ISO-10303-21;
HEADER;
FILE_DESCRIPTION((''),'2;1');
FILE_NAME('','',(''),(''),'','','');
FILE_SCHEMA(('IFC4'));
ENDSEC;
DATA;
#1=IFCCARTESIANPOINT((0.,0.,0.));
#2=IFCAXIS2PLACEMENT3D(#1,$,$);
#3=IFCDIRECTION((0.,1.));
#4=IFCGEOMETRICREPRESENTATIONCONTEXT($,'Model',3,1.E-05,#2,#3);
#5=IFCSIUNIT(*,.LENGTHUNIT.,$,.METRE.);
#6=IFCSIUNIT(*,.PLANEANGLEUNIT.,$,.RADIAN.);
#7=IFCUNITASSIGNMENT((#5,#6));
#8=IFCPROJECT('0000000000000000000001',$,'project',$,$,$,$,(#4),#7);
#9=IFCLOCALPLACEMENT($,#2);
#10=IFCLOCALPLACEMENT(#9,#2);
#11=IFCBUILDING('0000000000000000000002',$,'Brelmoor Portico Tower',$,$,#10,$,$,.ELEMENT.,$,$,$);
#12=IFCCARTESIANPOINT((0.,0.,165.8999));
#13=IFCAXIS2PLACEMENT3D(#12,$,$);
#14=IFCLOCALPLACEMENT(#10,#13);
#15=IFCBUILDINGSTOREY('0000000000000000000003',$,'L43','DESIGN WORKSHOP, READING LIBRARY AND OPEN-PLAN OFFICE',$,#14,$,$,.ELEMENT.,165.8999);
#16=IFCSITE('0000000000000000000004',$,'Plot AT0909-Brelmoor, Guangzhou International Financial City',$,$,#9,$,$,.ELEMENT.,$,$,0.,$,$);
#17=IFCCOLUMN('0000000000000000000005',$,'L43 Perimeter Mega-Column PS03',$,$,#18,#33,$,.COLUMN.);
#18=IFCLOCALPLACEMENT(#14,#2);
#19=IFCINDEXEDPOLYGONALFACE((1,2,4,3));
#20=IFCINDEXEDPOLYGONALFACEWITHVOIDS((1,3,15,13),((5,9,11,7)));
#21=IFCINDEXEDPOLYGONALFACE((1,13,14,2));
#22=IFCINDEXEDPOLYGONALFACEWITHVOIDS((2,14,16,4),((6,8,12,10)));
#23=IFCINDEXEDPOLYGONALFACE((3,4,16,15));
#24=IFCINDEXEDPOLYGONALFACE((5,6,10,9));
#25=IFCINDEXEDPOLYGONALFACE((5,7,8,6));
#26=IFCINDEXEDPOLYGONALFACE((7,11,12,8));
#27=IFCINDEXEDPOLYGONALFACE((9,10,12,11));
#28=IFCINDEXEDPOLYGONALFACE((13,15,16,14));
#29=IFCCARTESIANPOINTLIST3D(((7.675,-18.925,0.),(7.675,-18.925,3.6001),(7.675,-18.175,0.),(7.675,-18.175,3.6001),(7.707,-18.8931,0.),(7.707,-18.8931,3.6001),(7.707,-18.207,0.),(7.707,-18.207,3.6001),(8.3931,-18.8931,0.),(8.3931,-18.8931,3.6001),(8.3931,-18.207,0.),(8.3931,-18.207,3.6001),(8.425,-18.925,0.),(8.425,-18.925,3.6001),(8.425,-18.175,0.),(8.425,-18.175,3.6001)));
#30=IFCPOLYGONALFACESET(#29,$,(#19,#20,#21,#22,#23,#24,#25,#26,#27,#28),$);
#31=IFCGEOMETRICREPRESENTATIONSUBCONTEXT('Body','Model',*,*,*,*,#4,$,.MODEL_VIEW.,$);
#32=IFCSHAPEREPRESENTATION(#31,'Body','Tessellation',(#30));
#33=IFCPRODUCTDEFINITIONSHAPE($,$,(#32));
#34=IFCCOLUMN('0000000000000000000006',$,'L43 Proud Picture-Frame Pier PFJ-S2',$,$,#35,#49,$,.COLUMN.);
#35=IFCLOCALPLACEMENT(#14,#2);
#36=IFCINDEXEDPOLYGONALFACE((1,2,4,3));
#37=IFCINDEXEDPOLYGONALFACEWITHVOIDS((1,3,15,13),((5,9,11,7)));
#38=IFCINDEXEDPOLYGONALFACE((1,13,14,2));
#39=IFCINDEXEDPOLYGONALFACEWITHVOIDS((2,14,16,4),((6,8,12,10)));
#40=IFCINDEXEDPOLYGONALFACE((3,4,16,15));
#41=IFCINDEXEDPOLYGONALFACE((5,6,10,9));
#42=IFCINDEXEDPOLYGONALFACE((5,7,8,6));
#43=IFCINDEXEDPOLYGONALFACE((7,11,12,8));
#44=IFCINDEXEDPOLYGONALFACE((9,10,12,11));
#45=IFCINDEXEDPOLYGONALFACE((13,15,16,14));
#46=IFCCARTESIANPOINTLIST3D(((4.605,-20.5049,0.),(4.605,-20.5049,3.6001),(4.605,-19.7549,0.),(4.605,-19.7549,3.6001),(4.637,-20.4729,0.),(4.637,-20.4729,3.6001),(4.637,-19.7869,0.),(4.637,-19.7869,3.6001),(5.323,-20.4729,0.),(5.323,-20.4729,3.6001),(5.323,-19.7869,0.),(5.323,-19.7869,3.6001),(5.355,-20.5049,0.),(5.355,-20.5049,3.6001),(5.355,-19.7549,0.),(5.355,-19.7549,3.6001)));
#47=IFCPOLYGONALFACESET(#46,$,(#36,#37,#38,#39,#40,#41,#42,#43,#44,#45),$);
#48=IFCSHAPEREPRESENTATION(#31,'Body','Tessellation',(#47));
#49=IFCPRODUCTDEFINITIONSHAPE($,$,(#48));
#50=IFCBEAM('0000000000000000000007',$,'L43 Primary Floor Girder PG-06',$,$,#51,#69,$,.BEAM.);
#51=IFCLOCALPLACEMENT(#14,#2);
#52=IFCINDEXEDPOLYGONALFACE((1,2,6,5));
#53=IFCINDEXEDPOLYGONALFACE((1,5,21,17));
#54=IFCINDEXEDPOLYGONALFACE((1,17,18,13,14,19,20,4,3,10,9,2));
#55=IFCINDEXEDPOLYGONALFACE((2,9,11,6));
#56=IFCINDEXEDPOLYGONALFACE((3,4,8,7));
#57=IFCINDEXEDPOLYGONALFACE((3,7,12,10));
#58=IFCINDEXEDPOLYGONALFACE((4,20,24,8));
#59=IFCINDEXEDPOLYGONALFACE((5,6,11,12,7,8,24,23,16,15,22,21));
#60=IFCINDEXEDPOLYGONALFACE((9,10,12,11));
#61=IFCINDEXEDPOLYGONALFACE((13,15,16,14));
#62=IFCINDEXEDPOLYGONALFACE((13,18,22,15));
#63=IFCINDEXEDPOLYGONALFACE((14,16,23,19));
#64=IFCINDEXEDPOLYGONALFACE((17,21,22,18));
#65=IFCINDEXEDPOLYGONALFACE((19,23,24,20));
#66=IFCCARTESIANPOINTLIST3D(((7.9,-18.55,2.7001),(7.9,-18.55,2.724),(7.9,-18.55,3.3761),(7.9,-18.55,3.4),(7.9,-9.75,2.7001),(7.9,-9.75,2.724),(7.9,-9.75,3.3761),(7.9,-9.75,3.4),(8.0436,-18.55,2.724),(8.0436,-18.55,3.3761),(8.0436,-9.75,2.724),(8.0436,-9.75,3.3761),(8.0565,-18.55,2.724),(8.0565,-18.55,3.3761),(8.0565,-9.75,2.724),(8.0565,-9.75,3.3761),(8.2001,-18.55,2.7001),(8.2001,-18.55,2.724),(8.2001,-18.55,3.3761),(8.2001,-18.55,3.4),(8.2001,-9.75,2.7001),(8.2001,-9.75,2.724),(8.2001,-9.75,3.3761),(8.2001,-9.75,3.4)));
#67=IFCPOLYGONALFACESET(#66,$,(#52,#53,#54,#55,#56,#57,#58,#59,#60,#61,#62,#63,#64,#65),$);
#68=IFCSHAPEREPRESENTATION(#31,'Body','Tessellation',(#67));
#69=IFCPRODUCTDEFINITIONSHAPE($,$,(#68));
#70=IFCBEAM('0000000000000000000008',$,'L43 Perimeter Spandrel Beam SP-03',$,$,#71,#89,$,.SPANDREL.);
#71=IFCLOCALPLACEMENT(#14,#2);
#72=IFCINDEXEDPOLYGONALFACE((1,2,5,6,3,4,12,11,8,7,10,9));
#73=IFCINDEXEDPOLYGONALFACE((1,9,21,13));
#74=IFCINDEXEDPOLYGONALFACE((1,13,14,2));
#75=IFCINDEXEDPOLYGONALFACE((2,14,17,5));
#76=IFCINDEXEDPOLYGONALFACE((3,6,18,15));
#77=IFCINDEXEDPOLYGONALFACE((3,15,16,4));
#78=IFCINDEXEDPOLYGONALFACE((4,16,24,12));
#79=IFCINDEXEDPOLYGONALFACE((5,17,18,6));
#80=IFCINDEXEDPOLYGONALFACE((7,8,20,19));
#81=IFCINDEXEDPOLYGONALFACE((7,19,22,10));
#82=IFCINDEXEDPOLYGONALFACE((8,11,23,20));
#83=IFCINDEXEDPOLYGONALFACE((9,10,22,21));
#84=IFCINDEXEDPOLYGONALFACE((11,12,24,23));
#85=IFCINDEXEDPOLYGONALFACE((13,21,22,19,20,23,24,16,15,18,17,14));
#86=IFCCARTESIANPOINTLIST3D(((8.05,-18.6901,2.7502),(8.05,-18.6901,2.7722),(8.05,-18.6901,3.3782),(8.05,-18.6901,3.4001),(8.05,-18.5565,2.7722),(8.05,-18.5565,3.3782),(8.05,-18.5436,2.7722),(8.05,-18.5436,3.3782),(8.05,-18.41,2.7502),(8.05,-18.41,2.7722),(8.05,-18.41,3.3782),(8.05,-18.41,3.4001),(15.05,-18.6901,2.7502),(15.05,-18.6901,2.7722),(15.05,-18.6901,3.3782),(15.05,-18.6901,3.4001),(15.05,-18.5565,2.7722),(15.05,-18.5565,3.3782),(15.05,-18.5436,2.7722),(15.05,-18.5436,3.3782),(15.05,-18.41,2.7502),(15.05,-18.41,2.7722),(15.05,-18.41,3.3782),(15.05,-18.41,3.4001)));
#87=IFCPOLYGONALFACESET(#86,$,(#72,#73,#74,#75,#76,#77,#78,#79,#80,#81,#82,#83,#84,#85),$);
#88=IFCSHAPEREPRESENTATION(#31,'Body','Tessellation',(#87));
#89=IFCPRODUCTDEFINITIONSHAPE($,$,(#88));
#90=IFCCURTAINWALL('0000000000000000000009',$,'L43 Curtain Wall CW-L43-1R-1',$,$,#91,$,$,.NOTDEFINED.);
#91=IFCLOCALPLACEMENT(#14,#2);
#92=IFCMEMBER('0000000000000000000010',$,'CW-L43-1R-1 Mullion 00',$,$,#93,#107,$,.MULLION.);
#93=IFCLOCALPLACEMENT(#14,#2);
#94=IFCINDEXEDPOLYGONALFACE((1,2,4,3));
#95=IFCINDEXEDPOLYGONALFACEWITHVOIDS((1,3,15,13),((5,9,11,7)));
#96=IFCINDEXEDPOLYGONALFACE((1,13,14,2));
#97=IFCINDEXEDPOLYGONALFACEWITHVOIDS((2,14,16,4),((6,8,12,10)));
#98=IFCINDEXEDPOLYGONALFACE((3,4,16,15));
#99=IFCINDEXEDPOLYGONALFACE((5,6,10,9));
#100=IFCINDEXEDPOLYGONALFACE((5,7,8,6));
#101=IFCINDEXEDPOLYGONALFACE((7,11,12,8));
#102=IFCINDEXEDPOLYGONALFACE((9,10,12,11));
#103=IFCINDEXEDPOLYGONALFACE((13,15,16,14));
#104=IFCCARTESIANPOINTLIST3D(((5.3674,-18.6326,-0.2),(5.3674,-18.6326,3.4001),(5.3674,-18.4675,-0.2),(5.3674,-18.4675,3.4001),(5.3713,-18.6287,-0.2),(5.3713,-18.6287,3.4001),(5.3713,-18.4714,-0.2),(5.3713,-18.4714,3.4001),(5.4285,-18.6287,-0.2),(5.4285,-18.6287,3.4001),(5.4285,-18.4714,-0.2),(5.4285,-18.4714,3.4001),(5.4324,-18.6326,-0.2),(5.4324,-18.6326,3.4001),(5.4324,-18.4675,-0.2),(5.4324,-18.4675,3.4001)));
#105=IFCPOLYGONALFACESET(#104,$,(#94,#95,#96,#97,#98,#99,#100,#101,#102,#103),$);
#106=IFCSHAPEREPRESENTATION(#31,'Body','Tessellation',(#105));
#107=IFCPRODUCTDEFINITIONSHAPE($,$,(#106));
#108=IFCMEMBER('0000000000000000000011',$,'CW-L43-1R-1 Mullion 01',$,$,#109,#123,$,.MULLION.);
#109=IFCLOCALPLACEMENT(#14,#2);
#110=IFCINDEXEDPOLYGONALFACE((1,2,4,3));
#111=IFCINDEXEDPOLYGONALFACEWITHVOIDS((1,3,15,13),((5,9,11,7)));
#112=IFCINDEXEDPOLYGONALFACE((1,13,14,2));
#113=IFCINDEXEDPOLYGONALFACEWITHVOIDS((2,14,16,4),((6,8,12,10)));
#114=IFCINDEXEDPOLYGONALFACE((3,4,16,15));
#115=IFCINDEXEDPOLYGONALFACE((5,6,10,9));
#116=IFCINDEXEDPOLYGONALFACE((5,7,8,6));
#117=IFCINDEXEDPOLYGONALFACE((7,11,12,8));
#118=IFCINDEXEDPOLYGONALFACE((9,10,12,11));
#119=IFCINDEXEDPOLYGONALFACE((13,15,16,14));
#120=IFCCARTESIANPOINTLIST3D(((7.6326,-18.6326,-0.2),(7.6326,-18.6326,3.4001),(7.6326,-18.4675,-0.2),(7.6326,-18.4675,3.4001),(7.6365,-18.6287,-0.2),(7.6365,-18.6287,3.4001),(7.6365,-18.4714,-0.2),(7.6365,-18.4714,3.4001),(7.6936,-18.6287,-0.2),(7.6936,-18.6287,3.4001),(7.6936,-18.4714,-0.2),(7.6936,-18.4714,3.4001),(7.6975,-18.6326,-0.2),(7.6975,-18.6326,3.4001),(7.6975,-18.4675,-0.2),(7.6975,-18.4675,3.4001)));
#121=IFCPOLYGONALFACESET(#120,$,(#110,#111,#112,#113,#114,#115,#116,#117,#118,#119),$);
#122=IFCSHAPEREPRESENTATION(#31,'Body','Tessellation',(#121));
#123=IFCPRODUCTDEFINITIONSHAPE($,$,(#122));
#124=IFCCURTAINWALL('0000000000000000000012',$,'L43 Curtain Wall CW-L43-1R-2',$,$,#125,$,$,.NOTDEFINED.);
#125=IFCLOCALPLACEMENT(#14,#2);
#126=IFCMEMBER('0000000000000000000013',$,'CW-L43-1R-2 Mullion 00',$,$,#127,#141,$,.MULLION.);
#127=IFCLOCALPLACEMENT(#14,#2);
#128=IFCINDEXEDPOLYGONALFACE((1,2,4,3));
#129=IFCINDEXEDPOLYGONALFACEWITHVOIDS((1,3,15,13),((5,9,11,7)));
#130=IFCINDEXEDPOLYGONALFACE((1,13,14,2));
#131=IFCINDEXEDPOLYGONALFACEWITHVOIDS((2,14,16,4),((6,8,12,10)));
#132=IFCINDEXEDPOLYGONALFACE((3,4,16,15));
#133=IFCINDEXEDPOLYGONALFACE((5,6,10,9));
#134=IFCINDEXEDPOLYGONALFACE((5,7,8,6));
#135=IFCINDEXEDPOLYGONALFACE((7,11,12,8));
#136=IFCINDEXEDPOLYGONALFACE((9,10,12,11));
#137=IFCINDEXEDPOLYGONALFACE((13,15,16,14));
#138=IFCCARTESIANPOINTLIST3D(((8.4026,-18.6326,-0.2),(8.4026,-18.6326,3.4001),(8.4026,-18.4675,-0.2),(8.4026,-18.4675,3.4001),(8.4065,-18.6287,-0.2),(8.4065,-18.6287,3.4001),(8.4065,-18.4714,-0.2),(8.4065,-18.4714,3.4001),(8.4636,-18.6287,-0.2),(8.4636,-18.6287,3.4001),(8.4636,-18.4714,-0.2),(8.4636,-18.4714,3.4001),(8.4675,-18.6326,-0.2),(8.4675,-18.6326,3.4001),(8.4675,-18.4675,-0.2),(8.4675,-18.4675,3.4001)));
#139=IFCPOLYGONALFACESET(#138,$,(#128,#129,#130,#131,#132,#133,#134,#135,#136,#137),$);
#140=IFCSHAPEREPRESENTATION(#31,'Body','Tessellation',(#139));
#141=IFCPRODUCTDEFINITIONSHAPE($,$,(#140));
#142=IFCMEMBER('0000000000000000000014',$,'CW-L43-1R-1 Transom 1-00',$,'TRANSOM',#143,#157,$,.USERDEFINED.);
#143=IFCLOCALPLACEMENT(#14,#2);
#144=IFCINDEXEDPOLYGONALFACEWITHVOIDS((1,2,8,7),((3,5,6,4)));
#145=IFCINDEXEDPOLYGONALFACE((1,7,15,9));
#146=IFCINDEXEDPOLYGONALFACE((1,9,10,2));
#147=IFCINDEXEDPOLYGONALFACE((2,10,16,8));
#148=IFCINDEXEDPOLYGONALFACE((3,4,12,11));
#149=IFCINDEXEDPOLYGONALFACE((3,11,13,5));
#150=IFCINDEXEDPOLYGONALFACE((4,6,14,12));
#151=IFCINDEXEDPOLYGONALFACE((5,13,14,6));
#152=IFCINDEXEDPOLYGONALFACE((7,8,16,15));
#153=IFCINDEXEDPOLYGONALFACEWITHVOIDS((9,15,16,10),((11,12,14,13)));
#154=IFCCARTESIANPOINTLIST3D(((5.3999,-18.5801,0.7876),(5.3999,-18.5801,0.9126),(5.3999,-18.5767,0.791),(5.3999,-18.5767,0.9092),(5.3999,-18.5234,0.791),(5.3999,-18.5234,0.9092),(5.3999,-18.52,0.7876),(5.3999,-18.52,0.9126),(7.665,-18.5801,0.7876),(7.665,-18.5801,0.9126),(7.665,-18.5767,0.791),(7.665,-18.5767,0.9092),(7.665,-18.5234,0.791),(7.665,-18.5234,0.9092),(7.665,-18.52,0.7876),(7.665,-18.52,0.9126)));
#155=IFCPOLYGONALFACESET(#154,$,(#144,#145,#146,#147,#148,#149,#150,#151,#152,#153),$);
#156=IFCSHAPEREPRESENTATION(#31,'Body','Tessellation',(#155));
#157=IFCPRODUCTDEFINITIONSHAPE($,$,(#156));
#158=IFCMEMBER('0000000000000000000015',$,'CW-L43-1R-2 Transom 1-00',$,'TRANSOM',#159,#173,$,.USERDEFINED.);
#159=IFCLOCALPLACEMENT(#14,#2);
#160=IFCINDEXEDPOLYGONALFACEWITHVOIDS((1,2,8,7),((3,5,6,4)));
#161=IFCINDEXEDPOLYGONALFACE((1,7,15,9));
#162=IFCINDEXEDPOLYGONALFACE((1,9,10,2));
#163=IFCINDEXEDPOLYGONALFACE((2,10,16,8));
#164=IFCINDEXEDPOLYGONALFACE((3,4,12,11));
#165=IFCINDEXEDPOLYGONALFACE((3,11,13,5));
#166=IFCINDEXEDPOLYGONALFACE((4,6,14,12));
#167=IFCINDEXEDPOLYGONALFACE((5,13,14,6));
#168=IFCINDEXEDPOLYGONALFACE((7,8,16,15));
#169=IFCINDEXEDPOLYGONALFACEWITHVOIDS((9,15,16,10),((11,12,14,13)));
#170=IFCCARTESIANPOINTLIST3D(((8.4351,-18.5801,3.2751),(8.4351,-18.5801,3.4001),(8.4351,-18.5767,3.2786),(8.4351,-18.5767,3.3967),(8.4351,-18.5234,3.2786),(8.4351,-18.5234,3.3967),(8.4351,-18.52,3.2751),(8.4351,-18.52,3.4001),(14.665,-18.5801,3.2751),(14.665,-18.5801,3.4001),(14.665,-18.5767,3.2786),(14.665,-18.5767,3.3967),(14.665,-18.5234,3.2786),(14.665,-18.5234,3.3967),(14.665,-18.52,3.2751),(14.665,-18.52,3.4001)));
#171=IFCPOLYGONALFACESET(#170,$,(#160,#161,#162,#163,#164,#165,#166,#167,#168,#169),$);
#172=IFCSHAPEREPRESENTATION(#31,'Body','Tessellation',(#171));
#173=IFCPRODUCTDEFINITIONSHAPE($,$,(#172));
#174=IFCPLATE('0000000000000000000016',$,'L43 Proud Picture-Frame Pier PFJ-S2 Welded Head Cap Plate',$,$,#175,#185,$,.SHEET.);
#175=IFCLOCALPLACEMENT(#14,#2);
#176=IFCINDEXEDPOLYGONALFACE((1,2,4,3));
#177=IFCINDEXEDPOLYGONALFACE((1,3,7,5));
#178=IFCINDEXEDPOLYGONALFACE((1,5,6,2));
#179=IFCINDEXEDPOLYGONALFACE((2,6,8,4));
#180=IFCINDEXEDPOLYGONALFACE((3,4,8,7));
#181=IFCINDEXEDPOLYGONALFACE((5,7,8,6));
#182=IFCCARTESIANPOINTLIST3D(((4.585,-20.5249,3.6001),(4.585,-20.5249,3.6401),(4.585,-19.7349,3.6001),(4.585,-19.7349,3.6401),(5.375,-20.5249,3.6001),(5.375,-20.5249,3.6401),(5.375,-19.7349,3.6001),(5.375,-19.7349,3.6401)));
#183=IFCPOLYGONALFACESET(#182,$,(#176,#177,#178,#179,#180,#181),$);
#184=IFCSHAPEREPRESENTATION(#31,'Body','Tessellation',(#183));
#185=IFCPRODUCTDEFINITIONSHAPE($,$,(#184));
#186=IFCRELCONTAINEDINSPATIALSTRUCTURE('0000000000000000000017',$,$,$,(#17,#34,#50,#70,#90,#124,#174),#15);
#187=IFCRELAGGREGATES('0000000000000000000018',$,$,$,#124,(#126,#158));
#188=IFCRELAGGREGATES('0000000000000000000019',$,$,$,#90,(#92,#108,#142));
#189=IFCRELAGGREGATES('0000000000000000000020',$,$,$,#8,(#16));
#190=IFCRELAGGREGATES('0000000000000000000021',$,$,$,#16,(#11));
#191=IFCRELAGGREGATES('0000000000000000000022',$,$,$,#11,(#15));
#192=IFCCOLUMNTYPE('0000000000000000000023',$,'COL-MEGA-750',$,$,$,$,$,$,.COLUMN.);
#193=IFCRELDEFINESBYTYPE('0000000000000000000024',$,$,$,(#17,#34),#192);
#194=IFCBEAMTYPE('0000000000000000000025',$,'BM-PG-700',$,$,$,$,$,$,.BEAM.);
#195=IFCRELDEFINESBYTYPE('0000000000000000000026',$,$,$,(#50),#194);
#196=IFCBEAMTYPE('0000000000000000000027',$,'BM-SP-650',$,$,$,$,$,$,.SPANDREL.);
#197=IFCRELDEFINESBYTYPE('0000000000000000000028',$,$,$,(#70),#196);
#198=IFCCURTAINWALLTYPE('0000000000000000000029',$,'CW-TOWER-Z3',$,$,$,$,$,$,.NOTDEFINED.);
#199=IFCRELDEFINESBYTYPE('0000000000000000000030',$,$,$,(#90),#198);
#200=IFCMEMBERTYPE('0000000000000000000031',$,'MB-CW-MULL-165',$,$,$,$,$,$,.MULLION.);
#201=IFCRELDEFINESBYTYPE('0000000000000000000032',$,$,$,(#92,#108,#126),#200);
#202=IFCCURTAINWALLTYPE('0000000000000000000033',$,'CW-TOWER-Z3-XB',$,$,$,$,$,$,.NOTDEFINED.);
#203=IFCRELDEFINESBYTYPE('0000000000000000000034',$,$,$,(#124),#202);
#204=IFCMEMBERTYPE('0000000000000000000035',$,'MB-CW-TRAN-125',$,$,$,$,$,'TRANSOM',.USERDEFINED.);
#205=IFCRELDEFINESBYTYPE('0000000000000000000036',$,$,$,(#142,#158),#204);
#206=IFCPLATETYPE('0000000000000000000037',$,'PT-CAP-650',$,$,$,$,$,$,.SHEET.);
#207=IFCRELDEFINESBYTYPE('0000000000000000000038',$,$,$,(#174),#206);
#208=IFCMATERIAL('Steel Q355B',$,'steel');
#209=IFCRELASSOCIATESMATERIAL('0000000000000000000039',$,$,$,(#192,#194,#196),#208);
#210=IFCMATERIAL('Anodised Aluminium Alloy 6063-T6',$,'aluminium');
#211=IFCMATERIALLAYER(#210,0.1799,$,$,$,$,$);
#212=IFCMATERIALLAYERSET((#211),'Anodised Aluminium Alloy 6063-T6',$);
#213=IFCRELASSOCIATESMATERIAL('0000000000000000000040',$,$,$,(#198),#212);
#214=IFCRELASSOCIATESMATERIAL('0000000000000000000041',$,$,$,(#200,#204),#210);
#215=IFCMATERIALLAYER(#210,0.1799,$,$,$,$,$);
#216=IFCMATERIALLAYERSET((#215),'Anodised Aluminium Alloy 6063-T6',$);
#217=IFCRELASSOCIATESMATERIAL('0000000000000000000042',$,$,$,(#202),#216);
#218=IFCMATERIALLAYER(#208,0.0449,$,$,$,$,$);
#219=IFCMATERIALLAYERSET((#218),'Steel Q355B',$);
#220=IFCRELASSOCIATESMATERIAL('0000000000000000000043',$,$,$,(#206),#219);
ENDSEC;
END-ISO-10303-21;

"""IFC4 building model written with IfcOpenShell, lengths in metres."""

from ifc_helpers import new_model, si_unit, direction, frame, origin, origin_2d, place, context, subcontext, project, spatial, rectangle, hollow_rectangle, i_section, extrude, material, layer, layer_set, material_profile, profile_set, type_object, element, aggregate, save


model = new_model("IFC4")

# Units and contexts
model_context = context("Model", 3, precision=1e-05, world=origin(), true_north=direction((0.0, 1.0)))
body_context = subcontext(model_context, "Body", "Model", "MODEL_VIEW")
ifc_project = project(units=[si_unit("LENGTHUNIT", "METRE"), si_unit("PLANEANGLEUNIT", "RADIAN")], contexts=[model_context])

# Site, building, storey
site_placement = place(None, origin())
site = spatial("IfcSite", under=ifc_project, at=site_placement, Name="Plot AT0909-Brelmoor, Guangzhou International Financial City", CompositionType="ELEMENT", RefElevation=0.0)
building_placement = place(site_placement, origin())
building = spatial("IfcBuilding", under=site, at=building_placement, Name="Brelmoor Portico Tower", CompositionType="ELEMENT")
storey_placement = place(building_placement, frame((0.0, 0.0, 165.8999)))
storey = spatial("IfcBuildingStorey", under=building, at=storey_placement, Name="L43", Description="DESIGN WORKSHOP, READING LIBRARY AND OPEN-PLAN OFFICE", CompositionType="ELEMENT", Elevation=165.8999)

# Columns
ifc_material_1 = material(Name="Steel Q355B", Category="steel")
ifc_material_profile_1 = material_profile(ifc_material_1, hollow_rectangle(XDim=0.75, YDim=0.75, WallThickness=0.032, at=origin_2d()), Name="BOX 750x750x32")
ifc_profile_set_1 = profile_set([ifc_material_profile_1], Name="Steel Q355B")
column_type = type_object("IfcColumnType", Name="COL-MEGA-750", PredefinedType="COLUMN", material=ifc_profile_set_1)
for number, where, z_axis, x_axis, name in (
    (1, (8.05, -18.55, 0.0), (0.0, 0.0, 1.0), (1.0, 0.0, 0.0), "L43 Perimeter Mega-Column PS03"),
    (2, (4.98, -20.1299, 0.0), (0.0, 0.0, 1.0), (1.0, 0.0, 0.0), "L43 Proud Picture-Frame Pier PFJ-S2"),
):
    element("IfcColumn", number, at=place(storey_placement, frame(where, z_axis=z_axis, x_axis=x_axis)), inside=storey, type_object=column_type, Name=name, PredefinedType="COLUMN", context=body_context, shape_type="SweptSolid", body=[
        extrude(hollow_rectangle(XDim=0.75, YDim=0.75, WallThickness=0.032, at=origin_2d()), origin(), (0.0, 0.0, 1.0), 3.6001),
    ])

# Beams
ifc_material_profile_2 = material_profile(ifc_material_1, i_section(OverallWidth=0.3, OverallDepth=0.7, WebThickness=0.0129, FlangeThickness=0.0239, at=origin_2d()), Name="HN 700x300x13x24")
ifc_profile_set_2 = profile_set([ifc_material_profile_2], Name="Steel Q355B")
beam_type_1 = type_object("IfcBeamType", Name="BM-PG-700", PredefinedType="BEAM", material=ifc_profile_set_2)
beam_1_placement = place(storey_placement, frame((8.05, -18.55, 3.05), z_axis=(0.0, 1.0, 0.0), x_axis=(-1.0, 0.0, 0.0)))
element("IfcBeam", 3, at=beam_1_placement, inside=storey, type_object=beam_type_1, Name="L43 Primary Floor Girder PG-06", PredefinedType="BEAM", context=body_context, shape_type="SweptSolid", body=[
    extrude(i_section(OverallWidth=0.3, OverallDepth=0.7, WebThickness=0.0129, FlangeThickness=0.0239, at=origin_2d()), origin(), (0.0, 0.0, 1.0), 8.8),
])
ifc_material_profile_3 = material_profile(ifc_material_1, i_section(OverallWidth=0.28, OverallDepth=0.6499, WebThickness=0.0129, FlangeThickness=0.022, at=origin_2d()), Name="HN 650x280x13x22")
ifc_profile_set_3 = profile_set([ifc_material_profile_3], Name="Steel Q355B")
beam_type_2 = type_object("IfcBeamType", Name="BM-SP-650", PredefinedType="SPANDREL", material=ifc_profile_set_3)
beam_2_placement = place(storey_placement, frame((8.05, -18.55, 3.0752), z_axis=(1.0, 0.0, 0.0), x_axis=(0.0, 1.0, 0.0)))
element("IfcBeam", 4, at=beam_2_placement, inside=storey, type_object=beam_type_2, Name="L43 Perimeter Spandrel Beam SP-03", PredefinedType="SPANDREL", context=body_context, shape_type="SweptSolid", body=[
    extrude(i_section(OverallWidth=0.28, OverallDepth=0.6499, WebThickness=0.0129, FlangeThickness=0.022, at=origin_2d()), origin(), (0.0, 0.0, 1.0), 7.0),
])

# Curtain wall, members
ifc_material_2 = material(Name="Anodised Aluminium Alloy 6063-T6", Category="aluminium")
ifc_layer_1 = layer(ifc_material_2, 0.1799)
ifc_layer_set_1 = layer_set([ifc_layer_1], Name="Anodised Aluminium Alloy 6063-T6")
curtain_wall_type_1 = type_object("IfcCurtainWallType", Name="CW-TOWER-Z3", PredefinedType="NOTDEFINED", material=ifc_layer_set_1)
curtain_wall_1_placement = place(storey_placement, origin())
curtain_wall_1 = element("IfcCurtainWall", 5, at=curtain_wall_1_placement, inside=storey, type_object=curtain_wall_type_1, Name="L43 Curtain Wall CW-L43-1R-1", PredefinedType="NOTDEFINED")
ifc_material_profile_4 = material_profile(ifc_material_2, hollow_rectangle(XDim=0.0649, YDim=0.165, WallThickness=0.0039, at=origin_2d()), Name="ALU MULLION 65x165")
ifc_profile_set_4 = profile_set([ifc_material_profile_4], Name="Anodised Aluminium Alloy 6063-T6")
member_type_1 = type_object("IfcMemberType", Name="MB-CW-MULL-165", PredefinedType="MULLION", material=ifc_profile_set_4)
member_1_placement = place(storey_placement, frame((5.3999, -18.55, -0.2), z_axis=(0.0, 0.0, 1.0), x_axis=(1.0, 0.0, 0.0)))
member_1 = element("IfcMember", 6, at=member_1_placement, type_object=member_type_1, Name="CW-L43-1R-1 Mullion 00", PredefinedType="MULLION", context=body_context, shape_type="SweptSolid", body=[
    extrude(hollow_rectangle(XDim=0.0649, YDim=0.165, WallThickness=0.0039, at=origin_2d()), origin(), (0.0, 0.0, 1.0), 3.6001),
])
member_2_placement = place(storey_placement, frame((7.665, -18.55, -0.2), z_axis=(0.0, 0.0, 1.0), x_axis=(1.0, 0.0, 0.0)))
member_2 = element("IfcMember", 7, at=member_2_placement, type_object=member_type_1, Name="CW-L43-1R-1 Mullion 01", PredefinedType="MULLION", context=body_context, shape_type="SweptSolid", body=[
    extrude(hollow_rectangle(XDim=0.0649, YDim=0.165, WallThickness=0.0039, at=origin_2d()), origin(), (0.0, 0.0, 1.0), 3.6001),
])

# Curtain wall, member
ifc_layer_2 = layer(ifc_material_2, 0.1799)
ifc_layer_set_2 = layer_set([ifc_layer_2], Name="Anodised Aluminium Alloy 6063-T6")
curtain_wall_type_2 = type_object("IfcCurtainWallType", Name="CW-TOWER-Z3-XB", PredefinedType="NOTDEFINED", material=ifc_layer_set_2)
curtain_wall_2_placement = place(storey_placement, origin())
curtain_wall_2 = element("IfcCurtainWall", 8, at=curtain_wall_2_placement, inside=storey, type_object=curtain_wall_type_2, Name="L43 Curtain Wall CW-L43-1R-2", PredefinedType="NOTDEFINED")
member_3_placement = place(storey_placement, frame((8.4351, -18.55, -0.2), z_axis=(0.0, 0.0, 1.0), x_axis=(1.0, 0.0, 0.0)))
member_3 = element("IfcMember", 9, at=member_3_placement, type_object=member_type_1, Name="CW-L43-1R-2 Mullion 00", PredefinedType="MULLION", context=body_context, shape_type="SweptSolid", body=[
    extrude(hollow_rectangle(XDim=0.0649, YDim=0.165, WallThickness=0.0039, at=origin_2d()), origin(), (0.0, 0.0, 1.0), 3.6001),
])

# Members
ifc_material_profile_5 = material_profile(ifc_material_2, hollow_rectangle(XDim=0.0601, YDim=0.125, WallThickness=0.0034, at=origin_2d()), Name="ALU TRANSOM 60x125")
ifc_profile_set_5 = profile_set([ifc_material_profile_5], Name="Anodised Aluminium Alloy 6063-T6")
member_type_2 = type_object("IfcMemberType", Name="MB-CW-TRAN-125", ElementType="TRANSOM", PredefinedType="USERDEFINED", material=ifc_profile_set_5)
member_4_placement = place(storey_placement, frame((5.3999, -18.55, 0.8501), z_axis=(1.0, 0.0, 0.0), x_axis=(0.0, 1.0, 0.0)))
member_4 = element("IfcMember", 10, at=member_4_placement, type_object=member_type_2, Name="CW-L43-1R-1 Transom 1-00", ObjectType="TRANSOM", PredefinedType="USERDEFINED", context=body_context, shape_type="SweptSolid", body=[
    extrude(hollow_rectangle(XDim=0.0601, YDim=0.125, WallThickness=0.0034, at=origin_2d()), origin(), (0.0, 0.0, 1.0), 2.2651),
])
member_5_placement = place(storey_placement, frame((8.4351, -18.55, 3.3376), z_axis=(1.0, 0.0, 0.0), x_axis=(0.0, 1.0, 0.0)))
member_5 = element("IfcMember", 11, at=member_5_placement, type_object=member_type_2, Name="CW-L43-1R-2 Transom 1-00", ObjectType="TRANSOM", PredefinedType="USERDEFINED", context=body_context, shape_type="SweptSolid", body=[
    extrude(hollow_rectangle(XDim=0.0601, YDim=0.125, WallThickness=0.0034, at=origin_2d()), origin(), (0.0, 0.0, 1.0), 6.23),
])
aggregate(curtain_wall_2, [member_3, member_5])

# Plate
ifc_layer_3 = layer(ifc_material_1, 0.0449)
ifc_layer_set_3 = layer_set([ifc_layer_3], Name="Steel Q355B")
plate_type_1 = type_object("IfcPlateType", Name="PT-CAP-650", PredefinedType="SHEET", material=ifc_layer_set_3)
plate_1_placement = place(storey_placement, frame((4.98, -20.1299, 3.6001), z_axis=(0.0, 0.0, 1.0), x_axis=(1.0, 0.0, 0.0)))
element("IfcPlate", 12, at=plate_1_placement, inside=storey, type_object=plate_type_1, Name="L43 Proud Picture-Frame Pier PFJ-S2 Welded Head Cap Plate", PredefinedType="SHEET", context=body_context, shape_type="SweptSolid", body=[
    extrude(rectangle(XDim=0.79, YDim=0.79, at=origin_2d()), origin(), (0.0, 0.0, 1.0), 0.04),
])
aggregate(curtain_wall_1, [member_1, member_2, member_4])

save(model, "model.ifc")
